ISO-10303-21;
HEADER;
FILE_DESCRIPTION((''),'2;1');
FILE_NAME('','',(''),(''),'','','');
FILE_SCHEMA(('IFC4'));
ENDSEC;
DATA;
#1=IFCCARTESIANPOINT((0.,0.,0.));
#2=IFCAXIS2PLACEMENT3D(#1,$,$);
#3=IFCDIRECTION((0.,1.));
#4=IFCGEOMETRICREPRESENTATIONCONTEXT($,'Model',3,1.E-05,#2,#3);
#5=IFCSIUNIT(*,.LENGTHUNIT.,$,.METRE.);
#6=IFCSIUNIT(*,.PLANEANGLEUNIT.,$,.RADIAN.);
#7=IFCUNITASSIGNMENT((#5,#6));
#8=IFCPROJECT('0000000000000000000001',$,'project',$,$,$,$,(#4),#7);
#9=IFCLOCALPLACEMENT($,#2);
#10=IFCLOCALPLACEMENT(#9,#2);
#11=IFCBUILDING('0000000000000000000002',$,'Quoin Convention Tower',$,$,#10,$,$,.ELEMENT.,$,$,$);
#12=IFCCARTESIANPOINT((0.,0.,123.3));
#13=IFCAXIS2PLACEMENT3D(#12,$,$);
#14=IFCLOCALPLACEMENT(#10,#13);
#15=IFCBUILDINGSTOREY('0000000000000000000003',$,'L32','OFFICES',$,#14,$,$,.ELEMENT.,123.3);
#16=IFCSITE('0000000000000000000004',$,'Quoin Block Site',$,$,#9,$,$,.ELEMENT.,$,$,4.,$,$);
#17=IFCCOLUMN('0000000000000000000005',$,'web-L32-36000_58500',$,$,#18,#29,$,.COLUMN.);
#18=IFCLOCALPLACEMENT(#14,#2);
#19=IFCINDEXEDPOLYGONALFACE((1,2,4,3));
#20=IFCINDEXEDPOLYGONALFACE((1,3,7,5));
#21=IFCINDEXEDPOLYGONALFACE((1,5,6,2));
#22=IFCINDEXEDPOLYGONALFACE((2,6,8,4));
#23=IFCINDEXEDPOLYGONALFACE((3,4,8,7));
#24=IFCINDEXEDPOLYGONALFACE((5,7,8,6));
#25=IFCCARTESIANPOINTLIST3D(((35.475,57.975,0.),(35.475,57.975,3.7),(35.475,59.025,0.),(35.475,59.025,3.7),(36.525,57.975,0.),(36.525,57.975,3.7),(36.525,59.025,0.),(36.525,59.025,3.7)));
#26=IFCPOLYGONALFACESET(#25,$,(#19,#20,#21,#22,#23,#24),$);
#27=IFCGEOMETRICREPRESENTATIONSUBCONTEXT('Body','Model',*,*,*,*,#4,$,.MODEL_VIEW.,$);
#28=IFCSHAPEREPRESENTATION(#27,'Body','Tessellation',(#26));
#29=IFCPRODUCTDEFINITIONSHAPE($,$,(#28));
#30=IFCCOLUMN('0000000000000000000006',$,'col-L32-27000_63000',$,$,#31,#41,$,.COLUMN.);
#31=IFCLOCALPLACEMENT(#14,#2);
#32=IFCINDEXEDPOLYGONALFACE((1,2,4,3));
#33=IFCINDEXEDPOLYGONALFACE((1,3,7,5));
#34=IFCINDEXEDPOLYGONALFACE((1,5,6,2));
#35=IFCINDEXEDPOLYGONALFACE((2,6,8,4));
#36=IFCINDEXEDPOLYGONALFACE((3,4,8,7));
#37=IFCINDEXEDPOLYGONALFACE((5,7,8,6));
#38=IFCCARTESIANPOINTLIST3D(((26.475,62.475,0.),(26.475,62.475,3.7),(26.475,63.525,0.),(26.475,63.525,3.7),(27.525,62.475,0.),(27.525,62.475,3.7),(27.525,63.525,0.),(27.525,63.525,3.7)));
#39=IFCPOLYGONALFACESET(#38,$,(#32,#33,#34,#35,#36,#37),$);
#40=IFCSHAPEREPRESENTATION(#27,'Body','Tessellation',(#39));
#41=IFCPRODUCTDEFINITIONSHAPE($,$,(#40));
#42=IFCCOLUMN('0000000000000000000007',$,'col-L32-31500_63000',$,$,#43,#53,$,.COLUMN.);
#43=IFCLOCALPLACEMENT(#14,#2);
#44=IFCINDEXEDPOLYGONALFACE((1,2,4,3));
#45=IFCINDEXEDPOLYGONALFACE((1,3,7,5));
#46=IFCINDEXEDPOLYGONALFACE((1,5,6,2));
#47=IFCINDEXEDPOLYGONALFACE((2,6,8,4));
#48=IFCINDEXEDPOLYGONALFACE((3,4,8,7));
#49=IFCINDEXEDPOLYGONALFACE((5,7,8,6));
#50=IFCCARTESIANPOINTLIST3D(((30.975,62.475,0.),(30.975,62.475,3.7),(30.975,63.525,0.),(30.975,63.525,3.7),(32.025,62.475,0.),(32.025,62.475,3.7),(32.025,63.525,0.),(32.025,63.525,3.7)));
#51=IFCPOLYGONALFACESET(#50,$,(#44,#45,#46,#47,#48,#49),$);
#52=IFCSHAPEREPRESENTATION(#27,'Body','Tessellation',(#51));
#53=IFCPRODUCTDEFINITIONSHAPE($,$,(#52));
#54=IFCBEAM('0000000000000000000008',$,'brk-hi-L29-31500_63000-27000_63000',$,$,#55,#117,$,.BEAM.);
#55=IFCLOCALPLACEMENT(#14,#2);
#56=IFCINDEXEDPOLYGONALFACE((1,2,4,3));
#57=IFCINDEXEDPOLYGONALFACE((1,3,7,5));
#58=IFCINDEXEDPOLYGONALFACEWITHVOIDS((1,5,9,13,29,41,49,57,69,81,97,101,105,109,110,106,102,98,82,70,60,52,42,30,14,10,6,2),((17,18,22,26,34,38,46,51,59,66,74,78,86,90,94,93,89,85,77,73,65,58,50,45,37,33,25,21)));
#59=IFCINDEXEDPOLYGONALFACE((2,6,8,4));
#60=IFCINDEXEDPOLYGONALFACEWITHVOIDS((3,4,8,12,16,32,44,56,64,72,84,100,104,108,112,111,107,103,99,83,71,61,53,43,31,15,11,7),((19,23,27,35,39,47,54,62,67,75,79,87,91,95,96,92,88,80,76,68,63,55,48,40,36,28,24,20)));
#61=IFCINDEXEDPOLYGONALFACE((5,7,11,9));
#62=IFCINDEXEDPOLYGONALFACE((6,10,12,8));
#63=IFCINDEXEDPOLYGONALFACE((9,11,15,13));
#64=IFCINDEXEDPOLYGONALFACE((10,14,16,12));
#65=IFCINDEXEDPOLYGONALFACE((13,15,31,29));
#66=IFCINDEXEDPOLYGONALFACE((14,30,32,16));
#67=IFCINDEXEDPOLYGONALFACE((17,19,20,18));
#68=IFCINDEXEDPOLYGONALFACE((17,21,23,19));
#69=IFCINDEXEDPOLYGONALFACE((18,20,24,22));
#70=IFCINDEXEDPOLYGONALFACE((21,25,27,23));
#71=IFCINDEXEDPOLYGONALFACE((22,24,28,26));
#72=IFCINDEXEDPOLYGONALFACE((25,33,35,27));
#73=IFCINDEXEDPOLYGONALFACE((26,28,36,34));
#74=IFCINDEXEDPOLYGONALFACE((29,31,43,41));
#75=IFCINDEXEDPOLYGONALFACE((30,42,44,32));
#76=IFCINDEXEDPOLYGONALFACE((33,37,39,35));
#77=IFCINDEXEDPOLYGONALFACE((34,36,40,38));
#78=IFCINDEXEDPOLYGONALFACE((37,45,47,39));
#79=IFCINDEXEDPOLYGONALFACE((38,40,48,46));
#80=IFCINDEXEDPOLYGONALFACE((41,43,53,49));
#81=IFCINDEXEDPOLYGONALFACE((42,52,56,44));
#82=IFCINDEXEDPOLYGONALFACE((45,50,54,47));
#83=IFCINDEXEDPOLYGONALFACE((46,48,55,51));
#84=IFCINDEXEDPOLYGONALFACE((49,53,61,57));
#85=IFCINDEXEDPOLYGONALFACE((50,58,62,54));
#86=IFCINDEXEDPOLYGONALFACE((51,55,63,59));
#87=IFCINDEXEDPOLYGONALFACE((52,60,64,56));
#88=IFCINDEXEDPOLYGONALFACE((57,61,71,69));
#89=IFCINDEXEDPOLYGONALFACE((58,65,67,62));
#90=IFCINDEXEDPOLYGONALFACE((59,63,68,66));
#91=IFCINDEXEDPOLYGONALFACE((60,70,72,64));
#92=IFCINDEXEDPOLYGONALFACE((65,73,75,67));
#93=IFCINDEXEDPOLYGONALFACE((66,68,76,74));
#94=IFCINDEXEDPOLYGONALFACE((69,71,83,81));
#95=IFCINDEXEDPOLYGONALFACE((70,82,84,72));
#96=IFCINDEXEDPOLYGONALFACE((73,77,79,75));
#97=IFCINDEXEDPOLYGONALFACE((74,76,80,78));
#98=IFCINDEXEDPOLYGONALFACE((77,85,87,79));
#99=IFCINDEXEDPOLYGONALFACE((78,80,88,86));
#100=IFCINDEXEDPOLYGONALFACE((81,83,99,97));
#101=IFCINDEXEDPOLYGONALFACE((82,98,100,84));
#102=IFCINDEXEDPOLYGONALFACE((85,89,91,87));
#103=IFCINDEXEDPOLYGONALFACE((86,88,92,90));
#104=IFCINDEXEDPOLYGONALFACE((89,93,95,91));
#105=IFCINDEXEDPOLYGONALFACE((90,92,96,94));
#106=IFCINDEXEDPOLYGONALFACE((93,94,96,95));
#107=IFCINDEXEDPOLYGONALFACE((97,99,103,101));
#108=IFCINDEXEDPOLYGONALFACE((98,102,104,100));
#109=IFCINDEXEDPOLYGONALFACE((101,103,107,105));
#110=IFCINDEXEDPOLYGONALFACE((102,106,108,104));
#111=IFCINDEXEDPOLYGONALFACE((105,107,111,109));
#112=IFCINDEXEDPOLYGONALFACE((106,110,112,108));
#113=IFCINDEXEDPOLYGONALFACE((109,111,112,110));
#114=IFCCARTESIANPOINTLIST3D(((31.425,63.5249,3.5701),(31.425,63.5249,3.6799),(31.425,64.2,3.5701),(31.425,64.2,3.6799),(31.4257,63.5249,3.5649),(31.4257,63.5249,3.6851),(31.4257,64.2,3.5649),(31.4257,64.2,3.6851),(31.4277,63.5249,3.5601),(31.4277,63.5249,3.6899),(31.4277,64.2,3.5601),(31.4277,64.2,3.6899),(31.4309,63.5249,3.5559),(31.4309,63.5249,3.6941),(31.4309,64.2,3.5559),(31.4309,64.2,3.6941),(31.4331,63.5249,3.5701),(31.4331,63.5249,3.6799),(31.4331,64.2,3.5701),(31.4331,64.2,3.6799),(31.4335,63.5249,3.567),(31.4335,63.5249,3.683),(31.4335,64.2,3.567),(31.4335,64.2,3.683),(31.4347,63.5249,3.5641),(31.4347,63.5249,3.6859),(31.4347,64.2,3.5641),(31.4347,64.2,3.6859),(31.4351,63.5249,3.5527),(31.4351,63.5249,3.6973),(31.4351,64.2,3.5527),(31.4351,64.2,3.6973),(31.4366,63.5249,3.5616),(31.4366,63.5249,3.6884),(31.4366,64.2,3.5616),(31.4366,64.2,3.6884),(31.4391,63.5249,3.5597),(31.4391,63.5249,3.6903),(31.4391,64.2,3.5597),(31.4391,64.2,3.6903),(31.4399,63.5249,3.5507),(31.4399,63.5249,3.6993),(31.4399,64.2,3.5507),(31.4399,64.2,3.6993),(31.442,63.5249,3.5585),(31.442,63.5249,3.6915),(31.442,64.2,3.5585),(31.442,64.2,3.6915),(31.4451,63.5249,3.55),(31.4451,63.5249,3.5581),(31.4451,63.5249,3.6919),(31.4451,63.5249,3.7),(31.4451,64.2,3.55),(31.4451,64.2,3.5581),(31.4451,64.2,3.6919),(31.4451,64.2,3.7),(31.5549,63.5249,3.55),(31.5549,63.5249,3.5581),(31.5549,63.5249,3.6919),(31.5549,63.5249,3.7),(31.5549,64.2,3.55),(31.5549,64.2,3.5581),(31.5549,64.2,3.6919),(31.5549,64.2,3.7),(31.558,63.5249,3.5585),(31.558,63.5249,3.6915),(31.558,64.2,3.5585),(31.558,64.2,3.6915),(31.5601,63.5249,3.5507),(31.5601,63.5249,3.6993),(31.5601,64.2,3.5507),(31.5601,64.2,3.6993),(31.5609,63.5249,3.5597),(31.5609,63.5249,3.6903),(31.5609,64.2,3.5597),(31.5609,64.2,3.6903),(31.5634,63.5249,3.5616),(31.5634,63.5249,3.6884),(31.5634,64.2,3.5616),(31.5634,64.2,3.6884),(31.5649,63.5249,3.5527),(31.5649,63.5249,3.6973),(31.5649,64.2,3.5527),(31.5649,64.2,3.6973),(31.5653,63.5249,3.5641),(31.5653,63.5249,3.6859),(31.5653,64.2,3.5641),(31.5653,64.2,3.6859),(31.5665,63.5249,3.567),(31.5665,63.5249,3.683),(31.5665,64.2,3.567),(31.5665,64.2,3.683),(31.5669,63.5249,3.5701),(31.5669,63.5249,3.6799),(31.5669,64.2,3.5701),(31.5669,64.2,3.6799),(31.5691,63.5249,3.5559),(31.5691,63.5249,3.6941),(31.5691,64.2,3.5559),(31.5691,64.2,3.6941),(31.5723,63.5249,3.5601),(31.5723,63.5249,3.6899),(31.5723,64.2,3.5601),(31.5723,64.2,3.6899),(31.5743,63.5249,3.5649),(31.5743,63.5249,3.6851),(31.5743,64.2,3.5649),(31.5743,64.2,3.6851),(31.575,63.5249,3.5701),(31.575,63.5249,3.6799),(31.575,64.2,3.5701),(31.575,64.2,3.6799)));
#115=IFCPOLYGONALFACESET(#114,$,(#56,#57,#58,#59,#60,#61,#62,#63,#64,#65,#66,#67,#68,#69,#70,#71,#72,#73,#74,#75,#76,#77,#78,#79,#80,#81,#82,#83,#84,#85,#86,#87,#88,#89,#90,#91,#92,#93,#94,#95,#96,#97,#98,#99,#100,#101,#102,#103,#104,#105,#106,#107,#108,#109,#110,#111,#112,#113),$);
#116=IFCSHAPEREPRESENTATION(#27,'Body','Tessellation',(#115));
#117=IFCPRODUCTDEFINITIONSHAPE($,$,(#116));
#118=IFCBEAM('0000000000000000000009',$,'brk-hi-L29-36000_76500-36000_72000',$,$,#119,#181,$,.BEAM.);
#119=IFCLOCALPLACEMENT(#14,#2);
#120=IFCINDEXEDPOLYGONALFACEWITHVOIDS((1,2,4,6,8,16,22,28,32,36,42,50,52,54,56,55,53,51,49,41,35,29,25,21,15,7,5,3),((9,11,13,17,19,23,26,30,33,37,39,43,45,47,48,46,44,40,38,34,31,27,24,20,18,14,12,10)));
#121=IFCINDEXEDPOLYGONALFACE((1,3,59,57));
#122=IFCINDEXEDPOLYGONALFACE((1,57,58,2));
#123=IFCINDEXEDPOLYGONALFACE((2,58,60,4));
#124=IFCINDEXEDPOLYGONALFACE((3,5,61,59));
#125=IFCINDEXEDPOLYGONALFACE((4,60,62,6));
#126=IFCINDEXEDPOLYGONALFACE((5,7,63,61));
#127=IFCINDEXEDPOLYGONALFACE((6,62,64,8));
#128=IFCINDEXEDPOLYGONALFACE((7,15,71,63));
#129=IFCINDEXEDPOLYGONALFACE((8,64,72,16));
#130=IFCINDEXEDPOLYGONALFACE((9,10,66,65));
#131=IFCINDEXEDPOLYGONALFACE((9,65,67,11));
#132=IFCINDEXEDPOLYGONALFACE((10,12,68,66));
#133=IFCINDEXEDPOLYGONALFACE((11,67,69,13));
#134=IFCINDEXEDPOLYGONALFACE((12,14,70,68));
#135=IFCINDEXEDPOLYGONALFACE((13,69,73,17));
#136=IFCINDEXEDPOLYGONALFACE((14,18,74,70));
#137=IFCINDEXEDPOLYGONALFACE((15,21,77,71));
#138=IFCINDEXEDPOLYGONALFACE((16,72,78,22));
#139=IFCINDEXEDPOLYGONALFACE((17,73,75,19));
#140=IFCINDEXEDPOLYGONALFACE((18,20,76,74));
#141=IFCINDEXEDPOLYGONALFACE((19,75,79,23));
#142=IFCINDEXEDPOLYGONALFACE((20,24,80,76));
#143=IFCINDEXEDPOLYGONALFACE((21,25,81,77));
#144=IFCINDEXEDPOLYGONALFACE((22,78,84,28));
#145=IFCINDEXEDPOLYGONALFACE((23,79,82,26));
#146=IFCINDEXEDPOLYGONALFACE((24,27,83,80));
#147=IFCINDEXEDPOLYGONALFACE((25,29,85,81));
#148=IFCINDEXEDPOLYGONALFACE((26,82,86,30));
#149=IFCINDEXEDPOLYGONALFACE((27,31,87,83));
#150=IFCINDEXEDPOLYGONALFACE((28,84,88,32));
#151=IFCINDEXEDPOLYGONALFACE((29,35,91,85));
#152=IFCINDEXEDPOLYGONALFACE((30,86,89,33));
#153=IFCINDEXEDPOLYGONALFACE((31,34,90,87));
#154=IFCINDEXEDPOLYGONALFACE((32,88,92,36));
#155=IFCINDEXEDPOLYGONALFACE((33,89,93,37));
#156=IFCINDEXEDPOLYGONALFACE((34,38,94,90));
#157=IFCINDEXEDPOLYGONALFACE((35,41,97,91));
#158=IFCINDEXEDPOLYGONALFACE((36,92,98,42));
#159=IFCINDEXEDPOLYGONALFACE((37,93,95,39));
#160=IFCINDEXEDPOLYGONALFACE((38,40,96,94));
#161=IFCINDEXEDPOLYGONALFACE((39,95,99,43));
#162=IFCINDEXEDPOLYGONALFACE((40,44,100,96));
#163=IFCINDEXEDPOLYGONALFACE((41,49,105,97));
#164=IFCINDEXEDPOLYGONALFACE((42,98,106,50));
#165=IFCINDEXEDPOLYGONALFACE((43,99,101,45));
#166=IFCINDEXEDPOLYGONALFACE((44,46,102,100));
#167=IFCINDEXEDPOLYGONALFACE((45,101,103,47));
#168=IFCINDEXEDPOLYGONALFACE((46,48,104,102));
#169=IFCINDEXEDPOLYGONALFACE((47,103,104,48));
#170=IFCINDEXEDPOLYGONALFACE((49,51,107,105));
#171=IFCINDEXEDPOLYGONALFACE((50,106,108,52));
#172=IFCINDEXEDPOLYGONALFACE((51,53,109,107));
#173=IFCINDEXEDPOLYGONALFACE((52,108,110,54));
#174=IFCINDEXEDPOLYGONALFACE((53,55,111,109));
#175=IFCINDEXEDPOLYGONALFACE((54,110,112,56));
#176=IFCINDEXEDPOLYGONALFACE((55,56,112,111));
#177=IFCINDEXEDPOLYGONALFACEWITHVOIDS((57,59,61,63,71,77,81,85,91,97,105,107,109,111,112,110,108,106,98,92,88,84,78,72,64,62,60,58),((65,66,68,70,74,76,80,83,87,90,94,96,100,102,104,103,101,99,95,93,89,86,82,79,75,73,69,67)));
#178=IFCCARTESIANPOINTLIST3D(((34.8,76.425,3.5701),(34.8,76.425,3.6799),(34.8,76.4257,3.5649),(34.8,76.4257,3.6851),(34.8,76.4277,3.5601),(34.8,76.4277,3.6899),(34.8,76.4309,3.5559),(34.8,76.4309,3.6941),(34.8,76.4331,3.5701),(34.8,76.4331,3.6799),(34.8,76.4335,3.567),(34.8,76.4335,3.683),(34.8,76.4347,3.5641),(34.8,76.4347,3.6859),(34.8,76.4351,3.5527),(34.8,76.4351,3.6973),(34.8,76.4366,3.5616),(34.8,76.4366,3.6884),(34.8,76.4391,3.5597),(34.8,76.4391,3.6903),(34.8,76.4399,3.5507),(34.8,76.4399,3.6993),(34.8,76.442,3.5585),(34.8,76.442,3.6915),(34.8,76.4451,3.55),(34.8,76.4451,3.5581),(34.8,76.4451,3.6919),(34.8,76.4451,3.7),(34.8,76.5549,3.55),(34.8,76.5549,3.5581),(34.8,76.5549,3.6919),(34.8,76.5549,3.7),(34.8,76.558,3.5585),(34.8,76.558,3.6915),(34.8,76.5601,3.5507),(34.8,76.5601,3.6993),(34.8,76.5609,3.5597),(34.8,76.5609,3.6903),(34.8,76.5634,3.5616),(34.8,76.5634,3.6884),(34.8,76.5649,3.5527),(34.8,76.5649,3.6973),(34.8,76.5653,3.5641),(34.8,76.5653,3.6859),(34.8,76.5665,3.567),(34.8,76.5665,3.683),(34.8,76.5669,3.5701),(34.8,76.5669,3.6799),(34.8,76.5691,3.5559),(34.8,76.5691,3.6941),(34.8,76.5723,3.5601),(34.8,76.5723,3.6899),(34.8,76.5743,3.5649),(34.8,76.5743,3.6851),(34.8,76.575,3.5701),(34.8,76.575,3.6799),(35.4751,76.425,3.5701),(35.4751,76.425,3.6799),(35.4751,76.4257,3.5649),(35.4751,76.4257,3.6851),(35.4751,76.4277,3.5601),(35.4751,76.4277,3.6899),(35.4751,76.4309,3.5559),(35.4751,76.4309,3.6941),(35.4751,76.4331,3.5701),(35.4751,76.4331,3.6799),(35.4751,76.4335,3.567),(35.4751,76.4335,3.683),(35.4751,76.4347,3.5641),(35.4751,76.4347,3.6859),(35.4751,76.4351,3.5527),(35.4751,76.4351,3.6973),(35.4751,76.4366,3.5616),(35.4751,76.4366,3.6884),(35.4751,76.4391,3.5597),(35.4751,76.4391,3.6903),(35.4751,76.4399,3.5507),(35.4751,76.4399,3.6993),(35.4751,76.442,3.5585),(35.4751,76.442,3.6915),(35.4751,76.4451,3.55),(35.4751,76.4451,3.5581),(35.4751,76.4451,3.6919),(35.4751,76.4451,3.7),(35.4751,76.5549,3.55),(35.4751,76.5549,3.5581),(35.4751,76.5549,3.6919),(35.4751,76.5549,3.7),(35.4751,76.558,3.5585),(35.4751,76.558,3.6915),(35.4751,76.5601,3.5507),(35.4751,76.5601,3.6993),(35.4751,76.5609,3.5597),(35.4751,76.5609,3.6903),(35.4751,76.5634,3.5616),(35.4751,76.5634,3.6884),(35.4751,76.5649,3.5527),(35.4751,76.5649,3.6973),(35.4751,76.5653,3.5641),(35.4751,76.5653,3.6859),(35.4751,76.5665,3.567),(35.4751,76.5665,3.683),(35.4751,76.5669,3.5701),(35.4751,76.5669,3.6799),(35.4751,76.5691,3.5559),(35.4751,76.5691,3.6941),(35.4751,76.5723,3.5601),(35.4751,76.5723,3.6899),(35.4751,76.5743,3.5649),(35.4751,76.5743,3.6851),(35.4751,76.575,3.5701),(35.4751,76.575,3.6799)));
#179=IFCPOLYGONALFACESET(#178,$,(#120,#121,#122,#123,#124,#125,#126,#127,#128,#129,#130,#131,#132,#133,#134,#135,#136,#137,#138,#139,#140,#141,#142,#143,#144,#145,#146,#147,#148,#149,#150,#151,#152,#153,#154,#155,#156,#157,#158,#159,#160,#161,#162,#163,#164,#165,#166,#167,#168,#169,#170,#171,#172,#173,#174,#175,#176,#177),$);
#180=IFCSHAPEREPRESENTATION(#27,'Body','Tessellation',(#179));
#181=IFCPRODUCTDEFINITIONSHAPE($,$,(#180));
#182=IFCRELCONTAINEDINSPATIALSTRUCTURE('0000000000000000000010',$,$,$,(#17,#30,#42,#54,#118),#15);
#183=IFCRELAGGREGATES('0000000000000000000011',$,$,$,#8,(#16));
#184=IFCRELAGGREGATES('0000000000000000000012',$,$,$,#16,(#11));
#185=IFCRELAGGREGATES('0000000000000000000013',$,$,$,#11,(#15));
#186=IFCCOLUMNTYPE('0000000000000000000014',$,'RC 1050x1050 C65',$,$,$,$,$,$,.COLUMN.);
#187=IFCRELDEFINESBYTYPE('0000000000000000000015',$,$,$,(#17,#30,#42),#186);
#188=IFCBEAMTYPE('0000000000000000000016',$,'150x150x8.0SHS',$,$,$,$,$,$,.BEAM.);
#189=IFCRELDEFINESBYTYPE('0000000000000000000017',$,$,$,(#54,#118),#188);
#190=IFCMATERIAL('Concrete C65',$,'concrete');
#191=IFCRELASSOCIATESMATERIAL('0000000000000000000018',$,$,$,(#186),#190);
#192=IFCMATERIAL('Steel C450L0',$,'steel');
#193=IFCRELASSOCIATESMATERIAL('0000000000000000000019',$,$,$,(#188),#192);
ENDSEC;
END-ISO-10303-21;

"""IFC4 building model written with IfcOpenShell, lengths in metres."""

from ifc_helpers import new_model, si_unit, direction, frame, origin, origin_2d, place, context, subcontext, project, spatial, rectangle, hollow_rectangle, extrude, material, material_profile, profile_set, type_object, element, save


model = new_model("IFC4")

# Units and contexts
model_context = context("Model", 3, precision=1e-05, world=origin(), true_north=direction((0.0, 1.0)))
body_context = subcontext(model_context, "Body", "Model", "MODEL_VIEW")
ifc_project = project(units=[si_unit("LENGTHUNIT", "METRE"), si_unit("PLANEANGLEUNIT", "RADIAN")], contexts=[model_context])

# Site, building, storey
site_placement = place(None, origin())
site = spatial("IfcSite", under=ifc_project, at=site_placement, Name="Quoin Block Site", CompositionType="ELEMENT", RefElevation=4.0)
building_placement = place(site_placement, origin())
building = spatial("IfcBuilding", under=site, at=building_placement, Name="Quoin Convention Tower", CompositionType="ELEMENT")
storey_placement = place(building_placement, frame((0.0, 0.0, 123.3)))
storey = spatial("IfcBuildingStorey", under=building, at=storey_placement, Name="L32", Description="OFFICES", CompositionType="ELEMENT", Elevation=123.3)

# Columns
ifc_material_1 = material(Name="Concrete C65", Category="concrete")
ifc_material_profile_1 = material_profile(ifc_material_1, rectangle(XDim=1.05, YDim=1.05, at=origin_2d()), Name="RC 1050x1050")
ifc_profile_set_1 = profile_set([ifc_material_profile_1], Name="Concrete C65")
column_type = type_object("IfcColumnType", Name="RC 1050x1050 C65", PredefinedType="COLUMN", material=ifc_profile_set_1)
for number, where, z_axis, x_axis, name in (
    (1, (36.0, 58.5, 0.0), (0.0, 0.0, 1.0), (1.0, 0.0, 0.0), "web-L32-36000_58500"),
    (2, (27.0, 63.0, 0.0), (0.0, 0.0, 1.0), (1.0, 0.0, 0.0), "col-L32-27000_63000"),
    (3, (31.5, 63.0, 0.0), (0.0, 0.0, 1.0), (1.0, 0.0, 0.0), "col-L32-31500_63000"),
):
    element("IfcColumn", number, at=place(storey_placement, frame(where, z_axis=z_axis, x_axis=x_axis)), inside=storey, type_object=column_type, Name=name, PredefinedType="COLUMN", context=body_context, shape_type="SweptSolid", body=[
        extrude(rectangle(XDim=1.05, YDim=1.05, at=origin_2d()), origin(), (0.0, 0.0, 1.0), 3.7),
    ])

# Beams
ifc_material_2 = material(Name="Steel C450L0", Category="steel")
ifc_material_profile_2 = material_profile(ifc_material_2, hollow_rectangle(XDim=0.1499, YDim=0.1499, WallThickness=0.0081, InnerFilletRadius=0.012, OuterFilletRadius=0.02, at=origin_2d()), Name="150x150x8.0SHS")
ifc_profile_set_2 = profile_set([ifc_material_profile_2], Name="Steel C450L0")
beam_type_1 = type_object("IfcBeamType", Name="150x150x8.0SHS", PredefinedType="BEAM", material=ifc_profile_set_2)
for number, where, z_axis, x_axis, name in (
    (4, (31.5, 63.5249, 3.625), (0.0, 1.0, 0.0), (-1.0, 0.0, 0.0), "brk-hi-L29-31500_63000-27000_63000"),
    (5, (35.4751, 76.5, 3.625), (-1.0, 0.0, 0.0), (0.0, -1.0, 0.0), "brk-hi-L29-36000_76500-36000_72000"),
):
    element("IfcBeam", number, at=place(storey_placement, frame(where, z_axis=z_axis, x_axis=x_axis)), inside=storey, type_object=beam_type_1, Name=name, PredefinedType="BEAM", context=body_context, shape_type="SweptSolid", body=[
        extrude(hollow_rectangle(XDim=0.1499, YDim=0.1499, WallThickness=0.0081, InnerFilletRadius=0.012, OuterFilletRadius=0.02, at=origin_2d()), origin(), (0.0, 0.0, 1.0), 0.675),
    ])

save(model, "model.ifc")
